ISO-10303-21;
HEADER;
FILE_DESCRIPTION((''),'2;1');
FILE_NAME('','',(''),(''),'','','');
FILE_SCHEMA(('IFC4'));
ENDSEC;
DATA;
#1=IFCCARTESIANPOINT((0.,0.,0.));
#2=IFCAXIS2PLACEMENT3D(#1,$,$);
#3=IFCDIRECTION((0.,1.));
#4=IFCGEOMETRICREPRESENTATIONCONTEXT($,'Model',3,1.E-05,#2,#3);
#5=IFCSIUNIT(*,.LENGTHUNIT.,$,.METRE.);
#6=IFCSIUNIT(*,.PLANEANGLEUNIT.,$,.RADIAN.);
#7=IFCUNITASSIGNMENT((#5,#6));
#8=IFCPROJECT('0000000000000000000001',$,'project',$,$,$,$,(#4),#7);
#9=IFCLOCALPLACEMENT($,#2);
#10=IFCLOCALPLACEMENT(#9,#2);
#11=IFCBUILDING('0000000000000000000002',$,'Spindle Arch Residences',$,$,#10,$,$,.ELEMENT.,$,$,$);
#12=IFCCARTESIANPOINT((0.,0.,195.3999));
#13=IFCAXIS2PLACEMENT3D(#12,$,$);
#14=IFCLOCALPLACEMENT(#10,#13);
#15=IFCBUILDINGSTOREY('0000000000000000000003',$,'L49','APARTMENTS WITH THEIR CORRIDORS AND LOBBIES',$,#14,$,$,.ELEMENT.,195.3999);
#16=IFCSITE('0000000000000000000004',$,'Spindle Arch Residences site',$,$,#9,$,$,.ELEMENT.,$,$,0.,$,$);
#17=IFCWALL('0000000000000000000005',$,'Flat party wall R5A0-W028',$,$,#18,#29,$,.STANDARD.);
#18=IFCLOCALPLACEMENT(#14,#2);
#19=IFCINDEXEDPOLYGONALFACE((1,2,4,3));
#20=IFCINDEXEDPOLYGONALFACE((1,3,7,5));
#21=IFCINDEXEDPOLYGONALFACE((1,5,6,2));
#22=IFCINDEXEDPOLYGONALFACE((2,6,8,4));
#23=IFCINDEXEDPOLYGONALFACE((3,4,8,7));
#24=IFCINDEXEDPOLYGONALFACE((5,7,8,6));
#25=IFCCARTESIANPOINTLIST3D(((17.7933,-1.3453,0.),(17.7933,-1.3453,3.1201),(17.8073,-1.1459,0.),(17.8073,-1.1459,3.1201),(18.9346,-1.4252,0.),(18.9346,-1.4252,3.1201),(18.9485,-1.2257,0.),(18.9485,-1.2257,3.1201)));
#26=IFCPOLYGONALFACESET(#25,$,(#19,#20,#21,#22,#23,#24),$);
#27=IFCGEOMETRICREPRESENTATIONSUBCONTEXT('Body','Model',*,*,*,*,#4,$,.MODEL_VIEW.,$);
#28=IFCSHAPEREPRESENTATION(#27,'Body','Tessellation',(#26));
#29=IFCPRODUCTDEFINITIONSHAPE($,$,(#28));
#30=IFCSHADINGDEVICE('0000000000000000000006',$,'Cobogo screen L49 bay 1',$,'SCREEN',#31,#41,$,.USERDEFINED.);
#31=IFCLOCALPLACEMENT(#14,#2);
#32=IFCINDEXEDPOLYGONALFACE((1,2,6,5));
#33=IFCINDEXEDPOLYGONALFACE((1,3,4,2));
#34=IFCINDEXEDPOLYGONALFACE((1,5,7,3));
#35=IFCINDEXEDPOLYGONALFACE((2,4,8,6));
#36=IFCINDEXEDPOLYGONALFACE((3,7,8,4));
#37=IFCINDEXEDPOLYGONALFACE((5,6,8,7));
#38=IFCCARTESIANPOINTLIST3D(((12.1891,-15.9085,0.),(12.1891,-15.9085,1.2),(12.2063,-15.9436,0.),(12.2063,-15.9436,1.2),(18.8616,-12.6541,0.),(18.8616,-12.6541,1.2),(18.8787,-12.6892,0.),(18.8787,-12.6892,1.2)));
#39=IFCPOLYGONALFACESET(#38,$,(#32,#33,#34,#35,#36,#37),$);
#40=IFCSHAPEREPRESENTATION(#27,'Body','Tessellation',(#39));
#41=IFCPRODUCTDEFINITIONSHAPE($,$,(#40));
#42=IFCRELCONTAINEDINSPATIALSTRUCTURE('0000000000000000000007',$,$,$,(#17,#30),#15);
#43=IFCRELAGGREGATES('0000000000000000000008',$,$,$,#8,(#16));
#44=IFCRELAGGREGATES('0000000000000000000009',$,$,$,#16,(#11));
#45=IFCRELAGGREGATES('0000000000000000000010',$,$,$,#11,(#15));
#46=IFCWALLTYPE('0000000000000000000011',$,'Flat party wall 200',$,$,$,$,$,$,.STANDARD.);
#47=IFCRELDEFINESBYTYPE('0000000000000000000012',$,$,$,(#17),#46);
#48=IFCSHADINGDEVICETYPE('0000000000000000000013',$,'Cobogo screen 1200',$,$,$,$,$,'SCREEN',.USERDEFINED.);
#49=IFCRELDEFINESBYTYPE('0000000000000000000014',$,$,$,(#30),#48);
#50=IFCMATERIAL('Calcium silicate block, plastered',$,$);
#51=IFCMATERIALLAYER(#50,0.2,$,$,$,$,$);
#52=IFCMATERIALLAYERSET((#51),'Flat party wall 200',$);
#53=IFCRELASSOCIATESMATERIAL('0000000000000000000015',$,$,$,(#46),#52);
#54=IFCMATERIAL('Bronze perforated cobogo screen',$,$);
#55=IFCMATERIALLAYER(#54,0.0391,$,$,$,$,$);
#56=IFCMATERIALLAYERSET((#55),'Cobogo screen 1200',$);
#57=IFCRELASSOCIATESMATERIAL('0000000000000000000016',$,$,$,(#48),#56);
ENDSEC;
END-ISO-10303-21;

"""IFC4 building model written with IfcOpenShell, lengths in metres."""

from ifc_helpers import new_model, si_unit, direction, frame, frame_2d, origin, origin_2d, place, context, subcontext, project, spatial, rectangle, extrude, material, layer, layer_set, type_object, element, save


model = new_model("IFC4")

# Units and contexts
model_context = context("Model", 3, precision=1e-05, world=origin(), true_north=direction((0.0, 1.0)))
body_context = subcontext(model_context, "Body", "Model", "MODEL_VIEW")
ifc_project = project(units=[si_unit("LENGTHUNIT", "METRE"), si_unit("PLANEANGLEUNIT", "RADIAN")], contexts=[model_context])

# Site, building, storey
site_placement = place(None, origin())
site = spatial("IfcSite", under=ifc_project, at=site_placement, Name="Spindle Arch Residences site", CompositionType="ELEMENT", RefElevation=0.0)
building_placement = place(site_placement, origin())
building = spatial("IfcBuilding", under=site, at=building_placement, Name="Spindle Arch Residences", CompositionType="ELEMENT")
storey_placement = place(building_placement, frame((0.0, 0.0, 195.3999)))
storey = spatial("IfcBuildingStorey", under=building, at=storey_placement, Name="L49", Description="APARTMENTS WITH THEIR CORRIDORS AND LOBBIES", CompositionType="ELEMENT", Elevation=195.3999)

# Wall
ifc_material_1 = material(Name="Calcium silicate block, plastered")
ifc_layer_1 = layer(ifc_material_1, 0.2)
ifc_layer_set_1 = layer_set([ifc_layer_1], Name="Flat party wall 200")
wall_type_1 = type_object("IfcWallType", Name="Flat party wall 200", PredefinedType="STANDARD", material=ifc_layer_set_1)
wall_1_placement = place(storey_placement, frame((17.8003, -1.2456, 0.0), z_axis=(0.0, 0.0, 1.0), x_axis=(0.997563, -0.069776, 0.0)))
element("IfcWall", 1, at=wall_1_placement, inside=storey, type_object=wall_type_1, Name="Flat party wall R5A0-W028", PredefinedType="STANDARD", context=body_context, shape_type="SweptSolid", body=[
    extrude(rectangle(XDim=1.144, YDim=0.2, at=frame_2d((0.572, 0.0))), origin(), (0.0, 0.0, 1.0), 3.1201),
])

# Shading device
ifc_material_2 = material(Name="Bronze perforated cobogo screen")
ifc_layer_2 = layer(ifc_material_2, 0.0391)
ifc_layer_set_2 = layer_set([ifc_layer_2], Name="Cobogo screen 1200")
shading_device_type = type_object("IfcShadingDeviceType", Name="Cobogo screen 1200", ElementType="SCREEN", PredefinedType="USERDEFINED", material=ifc_layer_set_2)
shading_device_placement = place(storey_placement, frame((15.5339, -14.2988, 0.0), z_axis=(0.0, 0.0, 1.0), x_axis=(0.898794, 0.438371, 0.0)))
element("IfcShadingDevice", 2, at=shading_device_placement, inside=storey, type_object=shading_device_type, Name="Cobogo screen L49 bay 1", ObjectType="SCREEN", PredefinedType="USERDEFINED", context=body_context, shape_type="SweptSolid", body=[
    extrude(rectangle(XDim=7.4238, YDim=0.0391, at=origin_2d()), origin(), (0.0, 0.0, 1.0), 1.2),
])

save(model, "model.ifc")
